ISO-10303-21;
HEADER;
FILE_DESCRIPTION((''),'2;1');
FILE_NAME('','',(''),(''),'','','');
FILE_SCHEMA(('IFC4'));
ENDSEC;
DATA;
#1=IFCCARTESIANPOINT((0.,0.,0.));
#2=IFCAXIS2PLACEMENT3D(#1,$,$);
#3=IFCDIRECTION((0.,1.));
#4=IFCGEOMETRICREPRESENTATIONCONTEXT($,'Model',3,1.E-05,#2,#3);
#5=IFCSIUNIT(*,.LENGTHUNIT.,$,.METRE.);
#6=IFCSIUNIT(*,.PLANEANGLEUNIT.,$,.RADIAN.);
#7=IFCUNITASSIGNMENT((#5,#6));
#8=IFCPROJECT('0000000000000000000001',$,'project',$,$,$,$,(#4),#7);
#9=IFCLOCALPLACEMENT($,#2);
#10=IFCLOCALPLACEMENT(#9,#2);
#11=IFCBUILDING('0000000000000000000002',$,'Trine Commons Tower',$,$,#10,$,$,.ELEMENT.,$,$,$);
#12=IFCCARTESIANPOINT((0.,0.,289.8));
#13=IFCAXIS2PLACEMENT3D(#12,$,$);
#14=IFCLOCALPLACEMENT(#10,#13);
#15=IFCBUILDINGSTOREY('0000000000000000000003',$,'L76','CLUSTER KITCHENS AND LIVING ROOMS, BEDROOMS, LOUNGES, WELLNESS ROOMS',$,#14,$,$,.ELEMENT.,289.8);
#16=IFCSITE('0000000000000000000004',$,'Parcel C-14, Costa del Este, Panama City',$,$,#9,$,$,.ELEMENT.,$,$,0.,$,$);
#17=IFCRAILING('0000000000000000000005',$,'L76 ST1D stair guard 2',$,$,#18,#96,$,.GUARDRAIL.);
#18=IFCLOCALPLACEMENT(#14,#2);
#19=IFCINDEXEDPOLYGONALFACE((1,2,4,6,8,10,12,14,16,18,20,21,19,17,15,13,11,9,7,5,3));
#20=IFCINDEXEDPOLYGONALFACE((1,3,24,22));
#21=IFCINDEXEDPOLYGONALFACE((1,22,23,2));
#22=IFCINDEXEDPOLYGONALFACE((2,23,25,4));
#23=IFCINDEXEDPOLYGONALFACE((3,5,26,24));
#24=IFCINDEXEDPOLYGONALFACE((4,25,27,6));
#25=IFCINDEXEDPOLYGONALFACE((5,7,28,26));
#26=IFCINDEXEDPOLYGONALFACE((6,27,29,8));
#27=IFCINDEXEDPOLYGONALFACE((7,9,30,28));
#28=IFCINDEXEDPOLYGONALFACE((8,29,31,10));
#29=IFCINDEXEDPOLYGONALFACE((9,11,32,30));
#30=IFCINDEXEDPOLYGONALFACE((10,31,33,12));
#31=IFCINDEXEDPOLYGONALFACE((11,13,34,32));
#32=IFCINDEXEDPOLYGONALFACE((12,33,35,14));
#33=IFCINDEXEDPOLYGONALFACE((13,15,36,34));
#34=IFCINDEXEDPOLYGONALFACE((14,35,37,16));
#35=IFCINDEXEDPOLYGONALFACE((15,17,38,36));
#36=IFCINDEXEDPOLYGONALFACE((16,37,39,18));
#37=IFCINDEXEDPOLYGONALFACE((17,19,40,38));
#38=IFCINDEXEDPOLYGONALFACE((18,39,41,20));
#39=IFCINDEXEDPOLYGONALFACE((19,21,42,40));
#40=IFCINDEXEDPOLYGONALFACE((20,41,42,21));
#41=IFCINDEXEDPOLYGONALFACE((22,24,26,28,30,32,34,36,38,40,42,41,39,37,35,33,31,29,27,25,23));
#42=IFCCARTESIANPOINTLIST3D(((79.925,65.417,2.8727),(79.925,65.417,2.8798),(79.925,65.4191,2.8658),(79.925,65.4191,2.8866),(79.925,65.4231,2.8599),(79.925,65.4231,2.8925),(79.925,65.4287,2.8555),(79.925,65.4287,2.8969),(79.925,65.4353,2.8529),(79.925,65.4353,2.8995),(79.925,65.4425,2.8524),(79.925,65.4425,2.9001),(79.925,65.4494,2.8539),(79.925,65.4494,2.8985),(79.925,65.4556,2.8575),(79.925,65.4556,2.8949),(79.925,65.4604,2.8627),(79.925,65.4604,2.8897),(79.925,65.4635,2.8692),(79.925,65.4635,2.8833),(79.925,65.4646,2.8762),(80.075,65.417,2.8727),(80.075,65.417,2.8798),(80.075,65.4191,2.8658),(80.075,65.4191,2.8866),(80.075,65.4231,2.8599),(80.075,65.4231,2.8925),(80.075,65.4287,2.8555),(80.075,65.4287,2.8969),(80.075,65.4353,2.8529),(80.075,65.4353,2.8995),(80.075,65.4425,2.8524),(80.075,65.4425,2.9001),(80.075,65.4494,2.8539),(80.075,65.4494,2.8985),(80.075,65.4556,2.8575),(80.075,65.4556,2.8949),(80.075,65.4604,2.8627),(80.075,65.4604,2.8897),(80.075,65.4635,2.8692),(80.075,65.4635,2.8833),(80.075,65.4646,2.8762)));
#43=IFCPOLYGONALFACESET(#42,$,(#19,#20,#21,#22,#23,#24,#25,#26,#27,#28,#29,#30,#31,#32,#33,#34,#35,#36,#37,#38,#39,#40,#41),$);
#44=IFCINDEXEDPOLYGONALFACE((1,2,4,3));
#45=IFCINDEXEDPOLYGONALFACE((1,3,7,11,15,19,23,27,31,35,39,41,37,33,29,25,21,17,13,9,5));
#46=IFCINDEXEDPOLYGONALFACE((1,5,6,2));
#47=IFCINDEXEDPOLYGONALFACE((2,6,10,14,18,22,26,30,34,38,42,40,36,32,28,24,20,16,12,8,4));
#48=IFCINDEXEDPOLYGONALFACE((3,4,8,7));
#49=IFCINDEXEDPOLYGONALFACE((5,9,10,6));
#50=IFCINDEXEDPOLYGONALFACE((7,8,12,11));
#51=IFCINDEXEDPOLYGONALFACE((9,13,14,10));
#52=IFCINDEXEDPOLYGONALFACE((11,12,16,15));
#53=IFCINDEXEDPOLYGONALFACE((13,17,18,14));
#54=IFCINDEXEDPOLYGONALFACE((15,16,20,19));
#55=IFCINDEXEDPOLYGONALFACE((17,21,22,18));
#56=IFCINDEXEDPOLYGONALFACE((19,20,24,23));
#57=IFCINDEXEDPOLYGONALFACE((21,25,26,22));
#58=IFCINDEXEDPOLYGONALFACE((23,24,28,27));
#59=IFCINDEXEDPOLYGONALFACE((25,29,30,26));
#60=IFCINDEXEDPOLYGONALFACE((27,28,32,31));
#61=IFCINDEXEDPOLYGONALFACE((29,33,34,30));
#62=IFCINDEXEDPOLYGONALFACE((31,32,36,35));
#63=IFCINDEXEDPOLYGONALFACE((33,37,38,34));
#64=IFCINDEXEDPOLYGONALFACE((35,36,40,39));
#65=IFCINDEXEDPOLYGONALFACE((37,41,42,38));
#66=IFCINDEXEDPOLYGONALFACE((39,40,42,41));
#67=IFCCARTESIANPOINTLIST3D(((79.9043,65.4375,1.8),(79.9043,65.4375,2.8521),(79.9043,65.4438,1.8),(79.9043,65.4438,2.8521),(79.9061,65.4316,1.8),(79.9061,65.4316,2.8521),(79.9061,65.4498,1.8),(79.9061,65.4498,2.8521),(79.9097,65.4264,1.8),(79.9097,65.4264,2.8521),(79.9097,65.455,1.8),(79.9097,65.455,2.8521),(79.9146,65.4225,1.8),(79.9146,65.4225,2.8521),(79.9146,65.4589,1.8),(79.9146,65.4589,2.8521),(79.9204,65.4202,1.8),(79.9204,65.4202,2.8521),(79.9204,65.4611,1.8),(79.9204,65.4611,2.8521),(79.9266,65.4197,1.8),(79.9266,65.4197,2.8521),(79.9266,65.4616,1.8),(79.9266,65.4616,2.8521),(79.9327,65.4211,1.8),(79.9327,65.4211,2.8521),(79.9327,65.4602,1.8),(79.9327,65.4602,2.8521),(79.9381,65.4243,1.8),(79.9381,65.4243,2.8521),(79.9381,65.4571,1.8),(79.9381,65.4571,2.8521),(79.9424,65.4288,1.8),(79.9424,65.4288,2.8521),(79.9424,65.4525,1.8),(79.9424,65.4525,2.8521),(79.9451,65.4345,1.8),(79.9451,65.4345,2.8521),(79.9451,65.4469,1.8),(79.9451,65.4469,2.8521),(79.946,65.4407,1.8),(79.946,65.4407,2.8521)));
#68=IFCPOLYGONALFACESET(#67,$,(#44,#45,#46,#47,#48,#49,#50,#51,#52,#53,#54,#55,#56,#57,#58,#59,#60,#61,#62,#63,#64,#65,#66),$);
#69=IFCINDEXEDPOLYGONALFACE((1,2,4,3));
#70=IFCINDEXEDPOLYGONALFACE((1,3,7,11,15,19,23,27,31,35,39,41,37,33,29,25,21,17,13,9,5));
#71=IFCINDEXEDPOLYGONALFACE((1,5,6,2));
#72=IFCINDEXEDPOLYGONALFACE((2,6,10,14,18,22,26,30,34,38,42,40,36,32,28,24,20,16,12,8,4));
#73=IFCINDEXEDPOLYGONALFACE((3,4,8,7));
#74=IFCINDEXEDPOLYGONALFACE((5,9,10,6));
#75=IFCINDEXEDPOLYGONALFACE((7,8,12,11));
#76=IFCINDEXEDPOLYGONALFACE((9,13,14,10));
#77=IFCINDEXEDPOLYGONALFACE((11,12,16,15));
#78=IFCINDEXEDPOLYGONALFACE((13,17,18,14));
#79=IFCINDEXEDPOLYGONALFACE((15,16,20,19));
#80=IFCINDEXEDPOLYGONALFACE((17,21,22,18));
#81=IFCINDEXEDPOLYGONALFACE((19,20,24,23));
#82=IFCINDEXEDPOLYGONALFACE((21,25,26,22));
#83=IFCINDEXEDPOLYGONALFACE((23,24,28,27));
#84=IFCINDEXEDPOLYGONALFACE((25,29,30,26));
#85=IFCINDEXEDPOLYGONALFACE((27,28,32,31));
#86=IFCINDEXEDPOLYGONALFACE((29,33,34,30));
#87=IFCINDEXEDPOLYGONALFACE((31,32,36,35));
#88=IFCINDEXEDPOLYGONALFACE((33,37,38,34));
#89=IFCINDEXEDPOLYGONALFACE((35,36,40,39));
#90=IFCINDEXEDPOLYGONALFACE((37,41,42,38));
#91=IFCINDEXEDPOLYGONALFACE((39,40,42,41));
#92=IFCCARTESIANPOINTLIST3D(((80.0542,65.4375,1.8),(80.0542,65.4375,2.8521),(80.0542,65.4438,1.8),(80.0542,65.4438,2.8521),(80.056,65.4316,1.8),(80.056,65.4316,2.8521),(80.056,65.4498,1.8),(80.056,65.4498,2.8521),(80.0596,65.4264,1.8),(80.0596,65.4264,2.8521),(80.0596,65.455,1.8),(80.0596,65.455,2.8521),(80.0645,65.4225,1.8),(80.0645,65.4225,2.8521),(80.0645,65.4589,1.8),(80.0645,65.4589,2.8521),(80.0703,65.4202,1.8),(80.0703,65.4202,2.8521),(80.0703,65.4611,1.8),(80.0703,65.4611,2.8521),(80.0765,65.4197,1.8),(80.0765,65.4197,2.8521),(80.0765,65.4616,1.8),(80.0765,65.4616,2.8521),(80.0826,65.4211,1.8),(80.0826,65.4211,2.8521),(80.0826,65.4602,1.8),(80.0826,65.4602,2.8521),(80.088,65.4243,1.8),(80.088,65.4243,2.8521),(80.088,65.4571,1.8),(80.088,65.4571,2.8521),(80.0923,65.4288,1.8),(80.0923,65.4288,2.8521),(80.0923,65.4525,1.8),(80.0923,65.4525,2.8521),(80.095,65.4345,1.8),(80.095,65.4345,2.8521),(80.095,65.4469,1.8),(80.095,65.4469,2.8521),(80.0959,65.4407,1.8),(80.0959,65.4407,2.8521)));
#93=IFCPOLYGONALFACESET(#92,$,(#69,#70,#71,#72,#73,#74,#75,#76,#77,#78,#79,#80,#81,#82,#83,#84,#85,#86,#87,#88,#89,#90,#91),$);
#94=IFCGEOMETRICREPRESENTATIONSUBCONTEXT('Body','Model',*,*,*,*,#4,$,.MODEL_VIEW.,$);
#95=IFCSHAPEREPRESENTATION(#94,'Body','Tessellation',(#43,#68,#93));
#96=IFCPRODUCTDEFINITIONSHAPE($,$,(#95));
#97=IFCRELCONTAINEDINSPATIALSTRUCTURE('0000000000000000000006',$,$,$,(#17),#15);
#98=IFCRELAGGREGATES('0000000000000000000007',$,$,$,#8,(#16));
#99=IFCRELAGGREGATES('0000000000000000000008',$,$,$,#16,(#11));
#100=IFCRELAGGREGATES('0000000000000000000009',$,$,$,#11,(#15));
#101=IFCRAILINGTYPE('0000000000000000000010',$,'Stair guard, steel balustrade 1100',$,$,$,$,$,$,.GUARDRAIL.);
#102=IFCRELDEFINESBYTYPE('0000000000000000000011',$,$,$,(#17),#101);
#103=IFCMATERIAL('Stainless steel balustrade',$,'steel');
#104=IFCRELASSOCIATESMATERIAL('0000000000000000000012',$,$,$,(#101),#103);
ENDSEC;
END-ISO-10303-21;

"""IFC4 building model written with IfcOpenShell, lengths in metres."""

from ifc_helpers import new_model, si_unit, direction, frame, origin, origin_2d, place, context, subcontext, project, spatial, circle, extrude, material, type_object, element, save


model = new_model("IFC4")

# Units and contexts
model_context = context("Model", 3, precision=1e-05, world=origin(), true_north=direction((0.0, 1.0)))
body_context = subcontext(model_context, "Body", "Model", "MODEL_VIEW")
ifc_project = project(units=[si_unit("LENGTHUNIT", "METRE"), si_unit("PLANEANGLEUNIT", "RADIAN")], contexts=[model_context])

# Site, building, storey
site_placement = place(None, origin())
site = spatial("IfcSite", under=ifc_project, at=site_placement, Name="Parcel C-14, Costa del Este, Panama City", CompositionType="ELEMENT", RefElevation=0.0)
building_placement = place(site_placement, origin())
building = spatial("IfcBuilding", under=site, at=building_placement, Name="Trine Commons Tower", CompositionType="ELEMENT")
storey_placement = place(building_placement, frame((0.0, 0.0, 289.8)))
storey = spatial("IfcBuildingStorey", under=building, at=storey_placement, Name="L76", Description="CLUSTER KITCHENS AND LIVING ROOMS, BEDROOMS, LOUNGES, WELLNESS ROOMS", CompositionType="ELEMENT", Elevation=289.8)

# Railing
ifc_material_1 = material(Name="Stainless steel balustrade", Category="steel")
railing_type_1 = type_object("IfcRailingType", Name="Stair guard, steel balustrade 1100", PredefinedType="GUARDRAIL", material=ifc_material_1)
railing_1_placement = place(storey_placement, frame((79.925, 65.4407, 1.8)))
element("IfcRailing", 1, at=railing_1_placement, inside=storey, type_object=railing_type_1, Name="L76 ST1D stair guard 2", PredefinedType="GUARDRAIL", context=body_context, shape_type="SweptSolid", body=[
    extrude(circle(Radius=0.0239, at=origin_2d()), frame((0.0, 0.0, 1.0762), z_axis=(1.0, 0.0, 0.0), x_axis=(0.0, 1.0, 0.0)), (0.0, 0.0, 1.0), 0.1499),
    extrude(circle(Radius=0.021, at=origin_2d()), origin(), (0.0, 0.0, 1.0), 1.052),
    extrude(circle(Radius=0.021, at=origin_2d()), frame((0.1499, 0.0, 0.0)), (0.0, 0.0, 1.0), 1.052),
])

save(model, "model.ifc")
